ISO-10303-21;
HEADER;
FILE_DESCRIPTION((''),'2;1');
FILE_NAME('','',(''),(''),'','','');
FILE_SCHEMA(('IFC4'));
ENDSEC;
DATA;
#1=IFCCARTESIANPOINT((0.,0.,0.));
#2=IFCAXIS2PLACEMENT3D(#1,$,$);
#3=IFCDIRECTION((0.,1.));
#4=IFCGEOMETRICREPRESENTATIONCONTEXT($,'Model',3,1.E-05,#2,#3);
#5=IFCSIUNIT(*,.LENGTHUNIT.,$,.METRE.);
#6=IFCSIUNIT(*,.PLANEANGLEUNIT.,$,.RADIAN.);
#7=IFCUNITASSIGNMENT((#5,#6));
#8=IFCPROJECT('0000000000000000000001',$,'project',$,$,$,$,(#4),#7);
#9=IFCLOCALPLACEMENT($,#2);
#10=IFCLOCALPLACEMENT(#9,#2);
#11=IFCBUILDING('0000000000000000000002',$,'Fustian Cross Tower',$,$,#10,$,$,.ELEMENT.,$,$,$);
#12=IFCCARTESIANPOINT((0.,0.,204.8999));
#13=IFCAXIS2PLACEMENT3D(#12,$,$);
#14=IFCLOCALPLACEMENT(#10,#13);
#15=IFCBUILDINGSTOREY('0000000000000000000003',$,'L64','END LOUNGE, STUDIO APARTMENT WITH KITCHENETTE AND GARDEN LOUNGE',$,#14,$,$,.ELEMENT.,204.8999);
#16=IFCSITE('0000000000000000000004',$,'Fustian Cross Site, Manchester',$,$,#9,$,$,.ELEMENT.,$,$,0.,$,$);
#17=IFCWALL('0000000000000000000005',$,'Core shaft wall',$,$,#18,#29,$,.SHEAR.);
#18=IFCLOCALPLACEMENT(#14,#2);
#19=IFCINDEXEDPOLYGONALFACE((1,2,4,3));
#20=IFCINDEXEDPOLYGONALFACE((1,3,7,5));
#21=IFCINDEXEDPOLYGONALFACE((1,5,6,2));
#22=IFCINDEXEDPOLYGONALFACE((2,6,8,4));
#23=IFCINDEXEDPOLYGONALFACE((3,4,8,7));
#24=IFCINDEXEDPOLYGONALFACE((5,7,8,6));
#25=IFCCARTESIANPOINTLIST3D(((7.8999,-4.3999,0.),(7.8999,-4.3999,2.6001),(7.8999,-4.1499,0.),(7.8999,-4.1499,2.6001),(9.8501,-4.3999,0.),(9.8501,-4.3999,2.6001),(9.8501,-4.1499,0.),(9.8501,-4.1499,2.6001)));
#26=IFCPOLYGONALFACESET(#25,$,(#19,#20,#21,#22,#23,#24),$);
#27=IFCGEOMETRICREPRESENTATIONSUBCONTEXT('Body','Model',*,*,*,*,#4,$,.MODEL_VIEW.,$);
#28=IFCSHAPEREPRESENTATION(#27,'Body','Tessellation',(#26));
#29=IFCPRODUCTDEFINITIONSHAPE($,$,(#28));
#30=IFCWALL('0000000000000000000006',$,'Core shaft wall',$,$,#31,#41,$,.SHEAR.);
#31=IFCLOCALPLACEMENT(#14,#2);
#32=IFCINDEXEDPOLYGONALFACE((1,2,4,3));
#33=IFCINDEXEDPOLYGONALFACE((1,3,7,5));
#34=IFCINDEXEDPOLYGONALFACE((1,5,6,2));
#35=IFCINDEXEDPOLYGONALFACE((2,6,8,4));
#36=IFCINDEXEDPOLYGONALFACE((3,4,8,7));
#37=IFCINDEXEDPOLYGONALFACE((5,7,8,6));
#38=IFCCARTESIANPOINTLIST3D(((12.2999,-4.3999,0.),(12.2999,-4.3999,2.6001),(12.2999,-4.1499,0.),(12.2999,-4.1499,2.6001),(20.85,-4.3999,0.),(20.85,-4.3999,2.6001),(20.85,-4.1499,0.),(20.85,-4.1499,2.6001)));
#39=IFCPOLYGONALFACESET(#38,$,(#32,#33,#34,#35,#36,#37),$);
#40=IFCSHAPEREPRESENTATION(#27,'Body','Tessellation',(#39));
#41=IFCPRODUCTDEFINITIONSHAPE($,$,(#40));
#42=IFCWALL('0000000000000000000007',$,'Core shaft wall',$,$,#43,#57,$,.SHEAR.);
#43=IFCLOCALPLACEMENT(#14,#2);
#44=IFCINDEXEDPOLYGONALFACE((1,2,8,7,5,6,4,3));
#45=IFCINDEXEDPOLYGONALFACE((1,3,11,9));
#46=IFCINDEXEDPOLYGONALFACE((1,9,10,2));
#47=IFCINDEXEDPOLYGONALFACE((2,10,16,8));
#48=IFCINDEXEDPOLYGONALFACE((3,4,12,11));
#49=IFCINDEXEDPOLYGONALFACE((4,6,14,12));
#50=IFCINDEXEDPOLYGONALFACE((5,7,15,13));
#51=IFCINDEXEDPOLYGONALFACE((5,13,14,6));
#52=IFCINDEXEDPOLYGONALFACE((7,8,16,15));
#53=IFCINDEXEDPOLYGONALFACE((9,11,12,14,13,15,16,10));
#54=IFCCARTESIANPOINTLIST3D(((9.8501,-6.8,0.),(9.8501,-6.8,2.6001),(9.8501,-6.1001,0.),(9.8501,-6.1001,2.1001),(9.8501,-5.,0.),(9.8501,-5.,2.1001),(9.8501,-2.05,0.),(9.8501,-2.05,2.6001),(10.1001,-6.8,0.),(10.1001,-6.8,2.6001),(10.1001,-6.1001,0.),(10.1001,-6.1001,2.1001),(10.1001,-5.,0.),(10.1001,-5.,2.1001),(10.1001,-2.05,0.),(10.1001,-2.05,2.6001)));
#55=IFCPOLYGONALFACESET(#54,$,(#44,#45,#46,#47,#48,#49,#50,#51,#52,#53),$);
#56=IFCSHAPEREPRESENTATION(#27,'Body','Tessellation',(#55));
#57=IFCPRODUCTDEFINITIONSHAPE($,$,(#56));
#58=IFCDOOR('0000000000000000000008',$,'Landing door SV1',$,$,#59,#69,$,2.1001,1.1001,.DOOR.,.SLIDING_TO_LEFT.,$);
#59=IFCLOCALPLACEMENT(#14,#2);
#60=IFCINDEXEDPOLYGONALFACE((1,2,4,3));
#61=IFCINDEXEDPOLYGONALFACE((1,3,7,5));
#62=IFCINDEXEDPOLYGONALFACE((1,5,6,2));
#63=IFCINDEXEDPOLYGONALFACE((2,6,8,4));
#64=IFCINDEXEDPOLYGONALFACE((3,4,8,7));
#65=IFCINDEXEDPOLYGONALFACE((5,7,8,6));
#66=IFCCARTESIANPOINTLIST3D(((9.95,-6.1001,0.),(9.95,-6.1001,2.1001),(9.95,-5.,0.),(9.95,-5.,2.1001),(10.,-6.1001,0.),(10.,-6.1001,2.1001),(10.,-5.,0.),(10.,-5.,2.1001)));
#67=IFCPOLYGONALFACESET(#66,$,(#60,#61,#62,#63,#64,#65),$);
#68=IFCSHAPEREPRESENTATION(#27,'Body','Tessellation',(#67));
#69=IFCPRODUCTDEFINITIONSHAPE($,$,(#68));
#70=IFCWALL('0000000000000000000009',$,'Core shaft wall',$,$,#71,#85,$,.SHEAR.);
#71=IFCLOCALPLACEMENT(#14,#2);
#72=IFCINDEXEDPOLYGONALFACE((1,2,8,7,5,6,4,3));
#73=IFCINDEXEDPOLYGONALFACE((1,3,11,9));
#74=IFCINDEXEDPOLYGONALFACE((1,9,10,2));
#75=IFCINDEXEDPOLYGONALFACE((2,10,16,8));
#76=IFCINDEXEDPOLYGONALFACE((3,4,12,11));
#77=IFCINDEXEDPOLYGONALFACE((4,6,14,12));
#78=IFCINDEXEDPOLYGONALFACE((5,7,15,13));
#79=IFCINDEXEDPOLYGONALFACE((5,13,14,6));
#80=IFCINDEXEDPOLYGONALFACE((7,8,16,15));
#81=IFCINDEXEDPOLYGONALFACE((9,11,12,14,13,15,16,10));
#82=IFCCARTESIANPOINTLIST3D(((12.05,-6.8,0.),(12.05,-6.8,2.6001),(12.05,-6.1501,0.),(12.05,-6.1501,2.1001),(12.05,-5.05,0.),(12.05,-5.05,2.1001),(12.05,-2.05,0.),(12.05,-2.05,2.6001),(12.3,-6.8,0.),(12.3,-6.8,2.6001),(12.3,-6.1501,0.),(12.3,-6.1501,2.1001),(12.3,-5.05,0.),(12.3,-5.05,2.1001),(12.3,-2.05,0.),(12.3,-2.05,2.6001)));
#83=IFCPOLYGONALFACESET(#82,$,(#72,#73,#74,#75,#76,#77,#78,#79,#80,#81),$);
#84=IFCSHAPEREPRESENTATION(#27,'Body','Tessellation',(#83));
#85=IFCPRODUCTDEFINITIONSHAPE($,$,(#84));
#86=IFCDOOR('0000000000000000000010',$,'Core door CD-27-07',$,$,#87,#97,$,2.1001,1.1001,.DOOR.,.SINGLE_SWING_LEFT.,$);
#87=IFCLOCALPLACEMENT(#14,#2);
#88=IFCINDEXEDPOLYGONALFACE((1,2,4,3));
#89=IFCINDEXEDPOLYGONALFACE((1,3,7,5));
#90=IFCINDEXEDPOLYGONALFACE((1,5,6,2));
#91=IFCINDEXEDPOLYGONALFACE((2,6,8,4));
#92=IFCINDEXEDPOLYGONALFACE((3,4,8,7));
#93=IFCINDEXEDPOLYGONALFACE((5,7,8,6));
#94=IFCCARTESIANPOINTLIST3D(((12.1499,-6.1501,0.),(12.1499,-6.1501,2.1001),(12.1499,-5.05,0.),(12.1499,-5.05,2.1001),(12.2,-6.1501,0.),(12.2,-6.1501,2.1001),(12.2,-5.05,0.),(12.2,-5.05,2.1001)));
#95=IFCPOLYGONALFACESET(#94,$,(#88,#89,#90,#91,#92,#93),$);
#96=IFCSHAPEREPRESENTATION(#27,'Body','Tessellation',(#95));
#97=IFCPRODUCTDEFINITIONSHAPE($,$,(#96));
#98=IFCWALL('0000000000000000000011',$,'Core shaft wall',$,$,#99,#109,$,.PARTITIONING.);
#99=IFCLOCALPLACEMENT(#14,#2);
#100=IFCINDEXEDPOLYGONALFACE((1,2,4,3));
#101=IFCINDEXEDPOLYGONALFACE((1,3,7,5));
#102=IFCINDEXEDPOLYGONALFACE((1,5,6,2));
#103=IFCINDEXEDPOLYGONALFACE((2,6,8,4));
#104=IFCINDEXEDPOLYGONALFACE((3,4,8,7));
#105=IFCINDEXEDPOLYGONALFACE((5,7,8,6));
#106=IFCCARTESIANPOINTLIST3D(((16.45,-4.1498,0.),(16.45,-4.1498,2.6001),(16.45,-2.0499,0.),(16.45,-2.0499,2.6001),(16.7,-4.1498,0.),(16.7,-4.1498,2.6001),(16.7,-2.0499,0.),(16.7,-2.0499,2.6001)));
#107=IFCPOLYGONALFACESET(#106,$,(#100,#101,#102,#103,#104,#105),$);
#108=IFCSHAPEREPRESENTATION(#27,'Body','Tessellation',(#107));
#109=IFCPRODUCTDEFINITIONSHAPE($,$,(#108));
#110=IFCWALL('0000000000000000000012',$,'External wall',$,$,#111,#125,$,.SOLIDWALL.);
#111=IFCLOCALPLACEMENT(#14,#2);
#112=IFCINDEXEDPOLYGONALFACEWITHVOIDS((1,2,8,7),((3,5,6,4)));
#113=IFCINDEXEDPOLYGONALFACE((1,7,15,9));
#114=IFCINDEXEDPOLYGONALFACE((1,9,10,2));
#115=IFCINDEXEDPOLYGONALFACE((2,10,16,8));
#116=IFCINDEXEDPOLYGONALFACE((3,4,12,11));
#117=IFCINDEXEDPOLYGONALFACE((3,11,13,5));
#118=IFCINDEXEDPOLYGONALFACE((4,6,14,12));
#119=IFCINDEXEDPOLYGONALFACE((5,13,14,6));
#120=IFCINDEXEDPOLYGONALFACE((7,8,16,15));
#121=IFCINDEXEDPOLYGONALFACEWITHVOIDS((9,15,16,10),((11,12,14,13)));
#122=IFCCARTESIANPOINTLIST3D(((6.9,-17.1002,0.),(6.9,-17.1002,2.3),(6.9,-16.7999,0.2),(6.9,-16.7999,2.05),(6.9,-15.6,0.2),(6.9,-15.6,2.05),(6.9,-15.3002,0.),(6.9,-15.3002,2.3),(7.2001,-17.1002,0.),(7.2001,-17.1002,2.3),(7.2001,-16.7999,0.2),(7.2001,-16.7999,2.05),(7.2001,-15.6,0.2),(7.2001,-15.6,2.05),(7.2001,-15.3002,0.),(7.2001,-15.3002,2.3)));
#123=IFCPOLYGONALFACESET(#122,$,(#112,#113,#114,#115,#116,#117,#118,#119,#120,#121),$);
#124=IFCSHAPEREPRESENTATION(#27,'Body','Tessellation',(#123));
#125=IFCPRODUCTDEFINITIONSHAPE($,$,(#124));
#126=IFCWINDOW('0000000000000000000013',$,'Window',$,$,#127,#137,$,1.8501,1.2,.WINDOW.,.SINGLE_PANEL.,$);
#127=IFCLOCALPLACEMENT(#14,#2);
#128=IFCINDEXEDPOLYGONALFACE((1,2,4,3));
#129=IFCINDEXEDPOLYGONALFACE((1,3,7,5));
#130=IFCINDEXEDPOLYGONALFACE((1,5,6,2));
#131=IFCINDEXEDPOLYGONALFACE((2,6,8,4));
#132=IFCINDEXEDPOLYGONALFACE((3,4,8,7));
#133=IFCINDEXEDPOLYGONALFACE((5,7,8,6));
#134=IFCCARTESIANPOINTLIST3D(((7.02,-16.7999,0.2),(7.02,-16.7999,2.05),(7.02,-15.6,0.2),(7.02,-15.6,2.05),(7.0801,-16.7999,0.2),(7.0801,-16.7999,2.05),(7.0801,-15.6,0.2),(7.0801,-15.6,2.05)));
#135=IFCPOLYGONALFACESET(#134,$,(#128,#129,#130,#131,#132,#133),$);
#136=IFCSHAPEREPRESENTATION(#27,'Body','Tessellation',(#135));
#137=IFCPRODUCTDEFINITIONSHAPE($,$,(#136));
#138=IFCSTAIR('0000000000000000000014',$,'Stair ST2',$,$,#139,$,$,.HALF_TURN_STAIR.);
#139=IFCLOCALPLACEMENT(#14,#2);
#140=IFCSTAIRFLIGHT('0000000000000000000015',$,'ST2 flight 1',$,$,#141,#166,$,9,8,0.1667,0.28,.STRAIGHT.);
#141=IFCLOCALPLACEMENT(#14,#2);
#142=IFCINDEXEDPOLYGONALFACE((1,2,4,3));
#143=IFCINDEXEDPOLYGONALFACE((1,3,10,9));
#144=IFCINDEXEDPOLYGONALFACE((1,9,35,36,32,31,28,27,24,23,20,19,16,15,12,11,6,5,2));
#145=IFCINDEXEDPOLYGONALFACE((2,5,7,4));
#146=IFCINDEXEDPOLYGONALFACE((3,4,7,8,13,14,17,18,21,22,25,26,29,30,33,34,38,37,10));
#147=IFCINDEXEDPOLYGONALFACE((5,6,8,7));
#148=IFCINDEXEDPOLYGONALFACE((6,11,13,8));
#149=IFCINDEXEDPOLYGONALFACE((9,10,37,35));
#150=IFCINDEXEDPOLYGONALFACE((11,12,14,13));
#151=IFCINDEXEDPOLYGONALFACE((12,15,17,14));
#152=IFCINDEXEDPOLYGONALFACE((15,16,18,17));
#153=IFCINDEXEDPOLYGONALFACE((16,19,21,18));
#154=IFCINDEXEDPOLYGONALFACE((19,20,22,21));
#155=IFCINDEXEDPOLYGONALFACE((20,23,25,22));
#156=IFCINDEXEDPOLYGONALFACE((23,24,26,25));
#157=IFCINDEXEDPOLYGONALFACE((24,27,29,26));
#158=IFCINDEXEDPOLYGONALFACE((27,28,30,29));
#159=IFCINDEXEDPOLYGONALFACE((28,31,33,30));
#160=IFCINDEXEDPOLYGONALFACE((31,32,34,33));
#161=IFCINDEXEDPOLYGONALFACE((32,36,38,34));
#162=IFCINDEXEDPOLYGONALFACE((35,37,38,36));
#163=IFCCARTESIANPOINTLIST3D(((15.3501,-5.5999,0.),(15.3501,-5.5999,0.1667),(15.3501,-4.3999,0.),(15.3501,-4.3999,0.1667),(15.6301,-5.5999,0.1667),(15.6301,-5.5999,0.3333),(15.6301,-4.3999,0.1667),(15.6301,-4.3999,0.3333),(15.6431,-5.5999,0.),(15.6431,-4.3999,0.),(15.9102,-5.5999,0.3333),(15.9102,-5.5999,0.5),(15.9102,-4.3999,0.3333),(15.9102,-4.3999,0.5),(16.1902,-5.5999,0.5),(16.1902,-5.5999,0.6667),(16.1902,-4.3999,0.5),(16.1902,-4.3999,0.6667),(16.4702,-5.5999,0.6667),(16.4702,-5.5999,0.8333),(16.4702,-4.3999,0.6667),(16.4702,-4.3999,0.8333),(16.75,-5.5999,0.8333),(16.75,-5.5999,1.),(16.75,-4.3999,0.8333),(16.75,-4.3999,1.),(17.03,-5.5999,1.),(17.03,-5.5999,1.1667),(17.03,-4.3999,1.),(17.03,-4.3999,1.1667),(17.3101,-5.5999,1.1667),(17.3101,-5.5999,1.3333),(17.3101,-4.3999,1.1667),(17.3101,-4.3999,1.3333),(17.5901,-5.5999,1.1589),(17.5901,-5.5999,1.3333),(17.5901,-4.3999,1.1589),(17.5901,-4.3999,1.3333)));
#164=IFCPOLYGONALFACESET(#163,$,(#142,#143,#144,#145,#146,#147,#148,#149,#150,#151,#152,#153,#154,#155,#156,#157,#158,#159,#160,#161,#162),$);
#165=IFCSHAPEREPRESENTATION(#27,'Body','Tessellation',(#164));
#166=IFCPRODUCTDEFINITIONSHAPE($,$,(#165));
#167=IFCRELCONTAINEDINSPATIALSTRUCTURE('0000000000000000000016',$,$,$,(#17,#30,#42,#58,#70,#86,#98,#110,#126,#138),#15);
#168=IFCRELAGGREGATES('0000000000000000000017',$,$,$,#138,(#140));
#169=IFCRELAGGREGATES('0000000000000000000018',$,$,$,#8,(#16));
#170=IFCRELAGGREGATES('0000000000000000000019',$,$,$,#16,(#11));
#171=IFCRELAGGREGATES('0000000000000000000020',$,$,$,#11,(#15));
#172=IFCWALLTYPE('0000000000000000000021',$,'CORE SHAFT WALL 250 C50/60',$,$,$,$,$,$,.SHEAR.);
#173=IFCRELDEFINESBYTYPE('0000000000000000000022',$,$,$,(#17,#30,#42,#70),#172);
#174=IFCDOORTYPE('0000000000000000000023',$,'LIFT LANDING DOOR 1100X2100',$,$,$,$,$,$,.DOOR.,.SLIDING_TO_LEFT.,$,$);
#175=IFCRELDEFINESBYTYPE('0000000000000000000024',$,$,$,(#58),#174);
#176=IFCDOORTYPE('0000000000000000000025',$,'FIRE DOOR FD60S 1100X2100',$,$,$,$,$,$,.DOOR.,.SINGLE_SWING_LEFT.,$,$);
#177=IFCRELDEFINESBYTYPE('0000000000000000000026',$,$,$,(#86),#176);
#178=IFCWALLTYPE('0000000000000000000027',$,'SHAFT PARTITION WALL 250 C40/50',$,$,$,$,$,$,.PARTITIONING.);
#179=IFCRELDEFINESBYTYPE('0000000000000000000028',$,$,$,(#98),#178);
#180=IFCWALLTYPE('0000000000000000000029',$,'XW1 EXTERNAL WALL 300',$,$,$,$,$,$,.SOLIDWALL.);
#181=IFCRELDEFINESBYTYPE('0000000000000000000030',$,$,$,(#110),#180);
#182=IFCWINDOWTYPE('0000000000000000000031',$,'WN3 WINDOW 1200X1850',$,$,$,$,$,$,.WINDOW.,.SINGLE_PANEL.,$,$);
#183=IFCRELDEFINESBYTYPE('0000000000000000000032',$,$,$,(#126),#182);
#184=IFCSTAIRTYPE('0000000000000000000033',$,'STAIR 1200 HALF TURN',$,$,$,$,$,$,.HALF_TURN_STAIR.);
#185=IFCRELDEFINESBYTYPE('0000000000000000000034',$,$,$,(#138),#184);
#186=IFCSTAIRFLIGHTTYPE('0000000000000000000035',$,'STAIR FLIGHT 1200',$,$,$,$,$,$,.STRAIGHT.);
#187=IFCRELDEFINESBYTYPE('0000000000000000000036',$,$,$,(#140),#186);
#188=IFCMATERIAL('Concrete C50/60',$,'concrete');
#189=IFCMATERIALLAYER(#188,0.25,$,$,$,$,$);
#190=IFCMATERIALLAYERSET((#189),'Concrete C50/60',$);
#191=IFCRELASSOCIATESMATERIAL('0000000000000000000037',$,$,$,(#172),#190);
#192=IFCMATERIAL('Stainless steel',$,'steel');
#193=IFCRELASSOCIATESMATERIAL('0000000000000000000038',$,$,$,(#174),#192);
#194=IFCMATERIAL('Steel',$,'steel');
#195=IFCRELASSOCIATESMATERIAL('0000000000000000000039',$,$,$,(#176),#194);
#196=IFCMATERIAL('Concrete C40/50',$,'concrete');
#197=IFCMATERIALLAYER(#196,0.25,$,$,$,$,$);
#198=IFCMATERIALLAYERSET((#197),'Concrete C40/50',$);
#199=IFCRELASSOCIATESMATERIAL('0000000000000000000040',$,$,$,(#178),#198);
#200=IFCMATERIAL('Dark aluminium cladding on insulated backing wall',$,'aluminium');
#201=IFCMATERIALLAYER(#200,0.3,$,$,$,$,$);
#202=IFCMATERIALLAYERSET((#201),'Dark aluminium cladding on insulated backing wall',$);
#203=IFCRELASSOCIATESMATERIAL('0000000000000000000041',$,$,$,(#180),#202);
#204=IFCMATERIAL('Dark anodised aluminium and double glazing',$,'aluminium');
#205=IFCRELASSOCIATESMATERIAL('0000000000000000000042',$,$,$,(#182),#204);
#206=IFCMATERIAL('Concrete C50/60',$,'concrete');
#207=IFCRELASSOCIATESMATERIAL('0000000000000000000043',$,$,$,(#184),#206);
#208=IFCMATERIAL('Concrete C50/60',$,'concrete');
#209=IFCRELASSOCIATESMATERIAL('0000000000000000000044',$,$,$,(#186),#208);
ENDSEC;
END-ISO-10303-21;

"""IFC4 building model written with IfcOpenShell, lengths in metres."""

from ifc_helpers import new_model, si_unit, direction, frame, frame_2d, origin, place, context, subcontext, project, spatial, polyline, rectangle, outline, extrude, material, layer, layer_set, type_object, element, fill, aggregate, save


model = new_model("IFC4")

# Units and contexts
model_context = context("Model", 3, precision=1e-05, world=origin(), true_north=direction((0.0, 1.0)))
body_context = subcontext(model_context, "Body", "Model", "MODEL_VIEW")
ifc_project = project(units=[si_unit("LENGTHUNIT", "METRE"), si_unit("PLANEANGLEUNIT", "RADIAN")], contexts=[model_context])

# Site, building, storey
site_placement = place(None, origin())
site = spatial("IfcSite", under=ifc_project, at=site_placement, Name="Fustian Cross Site, Manchester", CompositionType="ELEMENT", RefElevation=0.0)
building_placement = place(site_placement, origin())
building = spatial("IfcBuilding", under=site, at=building_placement, Name="Fustian Cross Tower", CompositionType="ELEMENT")
storey_placement = place(building_placement, frame((0.0, 0.0, 204.8999)))
storey = spatial("IfcBuildingStorey", under=building, at=storey_placement, Name="L64", Description="END LOUNGE, STUDIO APARTMENT WITH KITCHENETTE AND GARDEN LOUNGE", CompositionType="ELEMENT", Elevation=204.8999)

# Walls
ifc_material_1 = material(Name="Concrete C50/60", Category="concrete")
ifc_layer_1 = layer(ifc_material_1, 0.25)
ifc_layer_set_1 = layer_set([ifc_layer_1], Name="Concrete C50/60")
wall_type_1 = type_object("IfcWallType", Name="CORE SHAFT WALL 250 C50/60", PredefinedType="SHEAR", material=ifc_layer_set_1)
wall_1_placement = place(storey_placement, frame((7.8999, -4.2749, 0.0), z_axis=(0.0, 0.0, 1.0), x_axis=(1.0, 0.0, 0.0)))
element("IfcWall", 1, at=wall_1_placement, inside=storey, type_object=wall_type_1, Name="Core shaft wall", PredefinedType="SHEAR", context=body_context, shape_type="SweptSolid", body=[
    extrude(rectangle(XDim=1.9502, YDim=0.25, at=frame_2d((0.9751, 0.0))), origin(), (0.0, 0.0, 1.0), 2.6001),
])
wall_2_placement = place(storey_placement, frame((12.3, -4.2749, 0.0), z_axis=(0.0, 0.0, 1.0), x_axis=(1.0, 0.0, 0.0)))
element("IfcWall", 2, at=wall_2_placement, inside=storey, type_object=wall_type_1, Name="Core shaft wall", PredefinedType="SHEAR", context=body_context, shape_type="SweptSolid", body=[
    extrude(rectangle(XDim=8.55, YDim=0.25, at=frame_2d((4.2749, 0.0))), origin(), (0.0, 0.0, 1.0), 2.6001),
])

# Walls, openings, doors
wall_3_placement = place(storey_placement, frame((9.9751, -2.05, 0.0), z_axis=(0.0, 0.0, 1.0), x_axis=(0.0, -1.0, 0.0)))
wall_3 = element("IfcWall", 3, at=wall_3_placement, inside=storey, type_object=wall_type_1, Name="Core shaft wall", PredefinedType="SHEAR", context=body_context, shape_type="SweptSolid", body=[
    extrude(rectangle(XDim=4.75, YDim=0.25, at=frame_2d((2.375, 0.0))), origin(), (0.0, 0.0, 1.0), 2.6001),
])
opening_1_placement = place(wall_3_placement, frame((2.95, 0.0, 0.0)))
opening_1 = element("IfcOpeningElement", 4, at=opening_1_placement, cuts=wall_3, PredefinedType="OPENING", context=body_context, shape_type="SweptSolid", body=[
    extrude(rectangle(XDim=1.1001, YDim=2.1001, at=frame_2d((0.55, 1.05))), frame((0.0, 0.135, 0.0), z_axis=(0.0, -1.0, 0.0), x_axis=(1.0, 0.0, 0.0)), (0.0, 0.0, 1.0), 0.27),
])
ifc_material_2 = material(Name="Stainless steel", Category="steel")
door_type_1 = type_object("IfcDoorType", Name="LIFT LANDING DOOR 1100X2100", OperationType="SLIDING_TO_LEFT", PredefinedType="DOOR", material=ifc_material_2)
door_1_placement = place(opening_1_placement, origin())
door_1 = element("IfcDoor", 5, at=door_1_placement, inside=storey, type_object=door_type_1, Name="Landing door SV1", OperationType="SLIDING_TO_LEFT", OverallHeight=2.1001, OverallWidth=1.1001, PredefinedType="DOOR", context=body_context, shape_type="SweptSolid", body=[
    extrude(rectangle(XDim=1.1001, YDim=2.1001, at=frame_2d((0.55, 1.05))), frame((0.0, 0.0249, 0.0), z_axis=(0.0, -1.0, 0.0), x_axis=(1.0, 0.0, 0.0)), (0.0, 0.0, 1.0), 0.05),
])
fill(opening_1, door_1)
wall_4_placement = place(storey_placement, frame((12.175, -2.05, 0.0), z_axis=(0.0, 0.0, 1.0), x_axis=(0.0, -1.0, 0.0)))
wall_4 = element("IfcWall", 6, at=wall_4_placement, inside=storey, type_object=wall_type_1, Name="Core shaft wall", PredefinedType="SHEAR", context=body_context, shape_type="SweptSolid", body=[
    extrude(rectangle(XDim=4.75, YDim=0.25, at=frame_2d((2.375, 0.0))), origin(), (0.0, 0.0, 1.0), 2.6001),
])
opening_2_placement = place(wall_4_placement, frame((3.0, 0.0, 0.0)))
opening_2 = element("IfcOpeningElement", 7, at=opening_2_placement, cuts=wall_4, PredefinedType="OPENING", context=body_context, shape_type="SweptSolid", body=[
    extrude(rectangle(XDim=1.1001, YDim=2.1001, at=frame_2d((0.55, 1.05))), frame((0.0, 0.135, 0.0), z_axis=(0.0, -1.0, 0.0), x_axis=(1.0, 0.0, 0.0)), (0.0, 0.0, 1.0), 0.27),
])
ifc_material_3 = material(Name="Steel", Category="steel")
door_type_2 = type_object("IfcDoorType", Name="FIRE DOOR FD60S 1100X2100", OperationType="SINGLE_SWING_LEFT", PredefinedType="DOOR", material=ifc_material_3)
door_2_placement = place(opening_2_placement, origin())
door_2 = element("IfcDoor", 8, at=door_2_placement, inside=storey, type_object=door_type_2, Name="Core door CD-27-07", OperationType="SINGLE_SWING_LEFT", OverallHeight=2.1001, OverallWidth=1.1001, PredefinedType="DOOR", context=body_context, shape_type="SweptSolid", body=[
    extrude(rectangle(XDim=1.1001, YDim=2.1001, at=frame_2d((0.55, 1.05))), frame((0.0, 0.0249, 0.0), z_axis=(0.0, -1.0, 0.0), x_axis=(1.0, 0.0, 0.0)), (0.0, 0.0, 1.0), 0.05),
])
fill(opening_2, door_2)

# Wall
ifc_material_4 = material(Name="Concrete C40/50", Category="concrete")
ifc_layer_2 = layer(ifc_material_4, 0.25)
ifc_layer_set_2 = layer_set([ifc_layer_2], Name="Concrete C40/50")
wall_type_2 = type_object("IfcWallType", Name="SHAFT PARTITION WALL 250 C40/50", PredefinedType="PARTITIONING", material=ifc_layer_set_2)
wall_5_placement = place(storey_placement, frame((16.575, -2.05, 0.0), z_axis=(0.0, 0.0, 1.0), x_axis=(0.0, -1.0, 0.0)))
element("IfcWall", 9, at=wall_5_placement, inside=storey, type_object=wall_type_2, Name="Core shaft wall", PredefinedType="PARTITIONING", context=body_context, shape_type="SweptSolid", body=[
    extrude(rectangle(XDim=2.0999, YDim=0.25, at=frame_2d((1.0498, 0.0))), origin(), (0.0, 0.0, 1.0), 2.6001),
])

# Wall, opening, window
ifc_material_5 = material(Name="Dark aluminium cladding on insulated backing wall", Category="aluminium")
ifc_layer_3 = layer(ifc_material_5, 0.3)
ifc_layer_set_3 = layer_set([ifc_layer_3], Name="Dark aluminium cladding on insulated backing wall")
wall_type_3 = type_object("IfcWallType", Name="XW1 EXTERNAL WALL 300", PredefinedType="SOLIDWALL", material=ifc_layer_set_3)
wall_6_placement = place(storey_placement, frame((7.05, -17.1001, 0.0), z_axis=(0.0, 0.0, 1.0), x_axis=(0.0, 1.0, 0.0)))
wall_6 = element("IfcWall", 10, at=wall_6_placement, inside=storey, type_object=wall_type_3, Name="External wall", PredefinedType="SOLIDWALL", context=body_context, shape_type="SweptSolid", body=[
    extrude(rectangle(XDim=1.8, YDim=0.3, at=frame_2d((0.8999, 0.0))), origin(), (0.0, 0.0, 1.0), 2.3),
])
opening_3_placement = place(wall_6_placement, frame((0.3, 0.0, 0.2)))
opening_3 = element("IfcOpeningElement", 11, at=opening_3_placement, cuts=wall_6, PredefinedType="OPENING", context=body_context, shape_type="SweptSolid", body=[
    extrude(rectangle(XDim=1.2, YDim=1.8501, at=frame_2d((0.6001, 0.925))), frame((0.0, 0.1599, 0.0), z_axis=(0.0, -1.0, 0.0), x_axis=(1.0, 0.0, 0.0)), (0.0, 0.0, 1.0), 0.3201),
])
ifc_material_6 = material(Name="Dark anodised aluminium and double glazing", Category="aluminium")
window_type = type_object("IfcWindowType", Name="WN3 WINDOW 1200X1850", PartitioningType="SINGLE_PANEL", PredefinedType="WINDOW", material=ifc_material_6)
window_placement = place(opening_3_placement, origin())
window = element("IfcWindow", 12, at=window_placement, inside=storey, type_object=window_type, Name="Window", OverallHeight=1.8501, OverallWidth=1.2, PartitioningType="SINGLE_PANEL", PredefinedType="WINDOW", context=body_context, shape_type="SweptSolid", body=[
    extrude(rectangle(XDim=1.2, YDim=1.8501, at=frame_2d((0.6001, 0.925))), frame((0.0, 0.03, 0.0), z_axis=(0.0, -1.0, 0.0), x_axis=(1.0, 0.0, 0.0)), (0.0, 0.0, 1.0), 0.0601),
])
fill(opening_3, window)

# Stair, stair flight
ifc_material_7 = material(Name="Concrete C50/60", Category="concrete")
stair_type = type_object("IfcStairType", Name="STAIR 1200 HALF TURN", PredefinedType="HALF_TURN_STAIR", material=ifc_material_7)
stair_placement = place(storey_placement, origin())
stair = element("IfcStair", 13, at=stair_placement, inside=storey, type_object=stair_type, Name="Stair ST2", PredefinedType="HALF_TURN_STAIR")
ifc_material_8 = material(Name="Concrete C50/60", Category="concrete")
stair_flight_type = type_object("IfcStairFlightType", Name="STAIR FLIGHT 1200", PredefinedType="STRAIGHT", material=ifc_material_8)
stair_flight_1_placement = place(storey_placement, frame((15.3501, -5.0, 0.0), z_axis=(0.0, 0.0, 1.0), x_axis=(1.0, 0.0, 0.0)))
stair_flight_1 = element("IfcStairFlight", 14, at=stair_flight_1_placement, type_object=stair_flight_type, Name="ST2 flight 1", NumberOfRisers=9, NumberOfTreads=8, PredefinedType="STRAIGHT", RiserHeight=0.1667, TreadLength=0.28, context=body_context, shape_type="SweptSolid", body=[
    extrude(outline(polyline([(0.0, 0.0), (0.0, 0.1667), (0.28, 0.1667), (0.28, 0.3333), (0.5601, 0.3333), (0.5601, 0.5), (0.8401, 0.5), (0.8401, 0.6667), (1.1201, 0.6667), (1.1201, 0.8333), (1.3999, 0.8333), (1.3999, 1.0), (1.6799, 1.0), (1.6799, 1.1667), (1.96, 1.1667), (1.96, 1.3333), (2.24, 1.3333), (2.24, 1.5), (2.24, 1.1589), (0.293, 0.0), (0.0, 0.0)])), frame((0.0, 0.6001, 0.0), z_axis=(0.0, -1.0, 0.0), x_axis=(1.0, 0.0, 0.0)), (0.0, 0.0, 1.0), 1.2),
])
aggregate(stair, [stair_flight_1])

save(model, "model.ifc")
